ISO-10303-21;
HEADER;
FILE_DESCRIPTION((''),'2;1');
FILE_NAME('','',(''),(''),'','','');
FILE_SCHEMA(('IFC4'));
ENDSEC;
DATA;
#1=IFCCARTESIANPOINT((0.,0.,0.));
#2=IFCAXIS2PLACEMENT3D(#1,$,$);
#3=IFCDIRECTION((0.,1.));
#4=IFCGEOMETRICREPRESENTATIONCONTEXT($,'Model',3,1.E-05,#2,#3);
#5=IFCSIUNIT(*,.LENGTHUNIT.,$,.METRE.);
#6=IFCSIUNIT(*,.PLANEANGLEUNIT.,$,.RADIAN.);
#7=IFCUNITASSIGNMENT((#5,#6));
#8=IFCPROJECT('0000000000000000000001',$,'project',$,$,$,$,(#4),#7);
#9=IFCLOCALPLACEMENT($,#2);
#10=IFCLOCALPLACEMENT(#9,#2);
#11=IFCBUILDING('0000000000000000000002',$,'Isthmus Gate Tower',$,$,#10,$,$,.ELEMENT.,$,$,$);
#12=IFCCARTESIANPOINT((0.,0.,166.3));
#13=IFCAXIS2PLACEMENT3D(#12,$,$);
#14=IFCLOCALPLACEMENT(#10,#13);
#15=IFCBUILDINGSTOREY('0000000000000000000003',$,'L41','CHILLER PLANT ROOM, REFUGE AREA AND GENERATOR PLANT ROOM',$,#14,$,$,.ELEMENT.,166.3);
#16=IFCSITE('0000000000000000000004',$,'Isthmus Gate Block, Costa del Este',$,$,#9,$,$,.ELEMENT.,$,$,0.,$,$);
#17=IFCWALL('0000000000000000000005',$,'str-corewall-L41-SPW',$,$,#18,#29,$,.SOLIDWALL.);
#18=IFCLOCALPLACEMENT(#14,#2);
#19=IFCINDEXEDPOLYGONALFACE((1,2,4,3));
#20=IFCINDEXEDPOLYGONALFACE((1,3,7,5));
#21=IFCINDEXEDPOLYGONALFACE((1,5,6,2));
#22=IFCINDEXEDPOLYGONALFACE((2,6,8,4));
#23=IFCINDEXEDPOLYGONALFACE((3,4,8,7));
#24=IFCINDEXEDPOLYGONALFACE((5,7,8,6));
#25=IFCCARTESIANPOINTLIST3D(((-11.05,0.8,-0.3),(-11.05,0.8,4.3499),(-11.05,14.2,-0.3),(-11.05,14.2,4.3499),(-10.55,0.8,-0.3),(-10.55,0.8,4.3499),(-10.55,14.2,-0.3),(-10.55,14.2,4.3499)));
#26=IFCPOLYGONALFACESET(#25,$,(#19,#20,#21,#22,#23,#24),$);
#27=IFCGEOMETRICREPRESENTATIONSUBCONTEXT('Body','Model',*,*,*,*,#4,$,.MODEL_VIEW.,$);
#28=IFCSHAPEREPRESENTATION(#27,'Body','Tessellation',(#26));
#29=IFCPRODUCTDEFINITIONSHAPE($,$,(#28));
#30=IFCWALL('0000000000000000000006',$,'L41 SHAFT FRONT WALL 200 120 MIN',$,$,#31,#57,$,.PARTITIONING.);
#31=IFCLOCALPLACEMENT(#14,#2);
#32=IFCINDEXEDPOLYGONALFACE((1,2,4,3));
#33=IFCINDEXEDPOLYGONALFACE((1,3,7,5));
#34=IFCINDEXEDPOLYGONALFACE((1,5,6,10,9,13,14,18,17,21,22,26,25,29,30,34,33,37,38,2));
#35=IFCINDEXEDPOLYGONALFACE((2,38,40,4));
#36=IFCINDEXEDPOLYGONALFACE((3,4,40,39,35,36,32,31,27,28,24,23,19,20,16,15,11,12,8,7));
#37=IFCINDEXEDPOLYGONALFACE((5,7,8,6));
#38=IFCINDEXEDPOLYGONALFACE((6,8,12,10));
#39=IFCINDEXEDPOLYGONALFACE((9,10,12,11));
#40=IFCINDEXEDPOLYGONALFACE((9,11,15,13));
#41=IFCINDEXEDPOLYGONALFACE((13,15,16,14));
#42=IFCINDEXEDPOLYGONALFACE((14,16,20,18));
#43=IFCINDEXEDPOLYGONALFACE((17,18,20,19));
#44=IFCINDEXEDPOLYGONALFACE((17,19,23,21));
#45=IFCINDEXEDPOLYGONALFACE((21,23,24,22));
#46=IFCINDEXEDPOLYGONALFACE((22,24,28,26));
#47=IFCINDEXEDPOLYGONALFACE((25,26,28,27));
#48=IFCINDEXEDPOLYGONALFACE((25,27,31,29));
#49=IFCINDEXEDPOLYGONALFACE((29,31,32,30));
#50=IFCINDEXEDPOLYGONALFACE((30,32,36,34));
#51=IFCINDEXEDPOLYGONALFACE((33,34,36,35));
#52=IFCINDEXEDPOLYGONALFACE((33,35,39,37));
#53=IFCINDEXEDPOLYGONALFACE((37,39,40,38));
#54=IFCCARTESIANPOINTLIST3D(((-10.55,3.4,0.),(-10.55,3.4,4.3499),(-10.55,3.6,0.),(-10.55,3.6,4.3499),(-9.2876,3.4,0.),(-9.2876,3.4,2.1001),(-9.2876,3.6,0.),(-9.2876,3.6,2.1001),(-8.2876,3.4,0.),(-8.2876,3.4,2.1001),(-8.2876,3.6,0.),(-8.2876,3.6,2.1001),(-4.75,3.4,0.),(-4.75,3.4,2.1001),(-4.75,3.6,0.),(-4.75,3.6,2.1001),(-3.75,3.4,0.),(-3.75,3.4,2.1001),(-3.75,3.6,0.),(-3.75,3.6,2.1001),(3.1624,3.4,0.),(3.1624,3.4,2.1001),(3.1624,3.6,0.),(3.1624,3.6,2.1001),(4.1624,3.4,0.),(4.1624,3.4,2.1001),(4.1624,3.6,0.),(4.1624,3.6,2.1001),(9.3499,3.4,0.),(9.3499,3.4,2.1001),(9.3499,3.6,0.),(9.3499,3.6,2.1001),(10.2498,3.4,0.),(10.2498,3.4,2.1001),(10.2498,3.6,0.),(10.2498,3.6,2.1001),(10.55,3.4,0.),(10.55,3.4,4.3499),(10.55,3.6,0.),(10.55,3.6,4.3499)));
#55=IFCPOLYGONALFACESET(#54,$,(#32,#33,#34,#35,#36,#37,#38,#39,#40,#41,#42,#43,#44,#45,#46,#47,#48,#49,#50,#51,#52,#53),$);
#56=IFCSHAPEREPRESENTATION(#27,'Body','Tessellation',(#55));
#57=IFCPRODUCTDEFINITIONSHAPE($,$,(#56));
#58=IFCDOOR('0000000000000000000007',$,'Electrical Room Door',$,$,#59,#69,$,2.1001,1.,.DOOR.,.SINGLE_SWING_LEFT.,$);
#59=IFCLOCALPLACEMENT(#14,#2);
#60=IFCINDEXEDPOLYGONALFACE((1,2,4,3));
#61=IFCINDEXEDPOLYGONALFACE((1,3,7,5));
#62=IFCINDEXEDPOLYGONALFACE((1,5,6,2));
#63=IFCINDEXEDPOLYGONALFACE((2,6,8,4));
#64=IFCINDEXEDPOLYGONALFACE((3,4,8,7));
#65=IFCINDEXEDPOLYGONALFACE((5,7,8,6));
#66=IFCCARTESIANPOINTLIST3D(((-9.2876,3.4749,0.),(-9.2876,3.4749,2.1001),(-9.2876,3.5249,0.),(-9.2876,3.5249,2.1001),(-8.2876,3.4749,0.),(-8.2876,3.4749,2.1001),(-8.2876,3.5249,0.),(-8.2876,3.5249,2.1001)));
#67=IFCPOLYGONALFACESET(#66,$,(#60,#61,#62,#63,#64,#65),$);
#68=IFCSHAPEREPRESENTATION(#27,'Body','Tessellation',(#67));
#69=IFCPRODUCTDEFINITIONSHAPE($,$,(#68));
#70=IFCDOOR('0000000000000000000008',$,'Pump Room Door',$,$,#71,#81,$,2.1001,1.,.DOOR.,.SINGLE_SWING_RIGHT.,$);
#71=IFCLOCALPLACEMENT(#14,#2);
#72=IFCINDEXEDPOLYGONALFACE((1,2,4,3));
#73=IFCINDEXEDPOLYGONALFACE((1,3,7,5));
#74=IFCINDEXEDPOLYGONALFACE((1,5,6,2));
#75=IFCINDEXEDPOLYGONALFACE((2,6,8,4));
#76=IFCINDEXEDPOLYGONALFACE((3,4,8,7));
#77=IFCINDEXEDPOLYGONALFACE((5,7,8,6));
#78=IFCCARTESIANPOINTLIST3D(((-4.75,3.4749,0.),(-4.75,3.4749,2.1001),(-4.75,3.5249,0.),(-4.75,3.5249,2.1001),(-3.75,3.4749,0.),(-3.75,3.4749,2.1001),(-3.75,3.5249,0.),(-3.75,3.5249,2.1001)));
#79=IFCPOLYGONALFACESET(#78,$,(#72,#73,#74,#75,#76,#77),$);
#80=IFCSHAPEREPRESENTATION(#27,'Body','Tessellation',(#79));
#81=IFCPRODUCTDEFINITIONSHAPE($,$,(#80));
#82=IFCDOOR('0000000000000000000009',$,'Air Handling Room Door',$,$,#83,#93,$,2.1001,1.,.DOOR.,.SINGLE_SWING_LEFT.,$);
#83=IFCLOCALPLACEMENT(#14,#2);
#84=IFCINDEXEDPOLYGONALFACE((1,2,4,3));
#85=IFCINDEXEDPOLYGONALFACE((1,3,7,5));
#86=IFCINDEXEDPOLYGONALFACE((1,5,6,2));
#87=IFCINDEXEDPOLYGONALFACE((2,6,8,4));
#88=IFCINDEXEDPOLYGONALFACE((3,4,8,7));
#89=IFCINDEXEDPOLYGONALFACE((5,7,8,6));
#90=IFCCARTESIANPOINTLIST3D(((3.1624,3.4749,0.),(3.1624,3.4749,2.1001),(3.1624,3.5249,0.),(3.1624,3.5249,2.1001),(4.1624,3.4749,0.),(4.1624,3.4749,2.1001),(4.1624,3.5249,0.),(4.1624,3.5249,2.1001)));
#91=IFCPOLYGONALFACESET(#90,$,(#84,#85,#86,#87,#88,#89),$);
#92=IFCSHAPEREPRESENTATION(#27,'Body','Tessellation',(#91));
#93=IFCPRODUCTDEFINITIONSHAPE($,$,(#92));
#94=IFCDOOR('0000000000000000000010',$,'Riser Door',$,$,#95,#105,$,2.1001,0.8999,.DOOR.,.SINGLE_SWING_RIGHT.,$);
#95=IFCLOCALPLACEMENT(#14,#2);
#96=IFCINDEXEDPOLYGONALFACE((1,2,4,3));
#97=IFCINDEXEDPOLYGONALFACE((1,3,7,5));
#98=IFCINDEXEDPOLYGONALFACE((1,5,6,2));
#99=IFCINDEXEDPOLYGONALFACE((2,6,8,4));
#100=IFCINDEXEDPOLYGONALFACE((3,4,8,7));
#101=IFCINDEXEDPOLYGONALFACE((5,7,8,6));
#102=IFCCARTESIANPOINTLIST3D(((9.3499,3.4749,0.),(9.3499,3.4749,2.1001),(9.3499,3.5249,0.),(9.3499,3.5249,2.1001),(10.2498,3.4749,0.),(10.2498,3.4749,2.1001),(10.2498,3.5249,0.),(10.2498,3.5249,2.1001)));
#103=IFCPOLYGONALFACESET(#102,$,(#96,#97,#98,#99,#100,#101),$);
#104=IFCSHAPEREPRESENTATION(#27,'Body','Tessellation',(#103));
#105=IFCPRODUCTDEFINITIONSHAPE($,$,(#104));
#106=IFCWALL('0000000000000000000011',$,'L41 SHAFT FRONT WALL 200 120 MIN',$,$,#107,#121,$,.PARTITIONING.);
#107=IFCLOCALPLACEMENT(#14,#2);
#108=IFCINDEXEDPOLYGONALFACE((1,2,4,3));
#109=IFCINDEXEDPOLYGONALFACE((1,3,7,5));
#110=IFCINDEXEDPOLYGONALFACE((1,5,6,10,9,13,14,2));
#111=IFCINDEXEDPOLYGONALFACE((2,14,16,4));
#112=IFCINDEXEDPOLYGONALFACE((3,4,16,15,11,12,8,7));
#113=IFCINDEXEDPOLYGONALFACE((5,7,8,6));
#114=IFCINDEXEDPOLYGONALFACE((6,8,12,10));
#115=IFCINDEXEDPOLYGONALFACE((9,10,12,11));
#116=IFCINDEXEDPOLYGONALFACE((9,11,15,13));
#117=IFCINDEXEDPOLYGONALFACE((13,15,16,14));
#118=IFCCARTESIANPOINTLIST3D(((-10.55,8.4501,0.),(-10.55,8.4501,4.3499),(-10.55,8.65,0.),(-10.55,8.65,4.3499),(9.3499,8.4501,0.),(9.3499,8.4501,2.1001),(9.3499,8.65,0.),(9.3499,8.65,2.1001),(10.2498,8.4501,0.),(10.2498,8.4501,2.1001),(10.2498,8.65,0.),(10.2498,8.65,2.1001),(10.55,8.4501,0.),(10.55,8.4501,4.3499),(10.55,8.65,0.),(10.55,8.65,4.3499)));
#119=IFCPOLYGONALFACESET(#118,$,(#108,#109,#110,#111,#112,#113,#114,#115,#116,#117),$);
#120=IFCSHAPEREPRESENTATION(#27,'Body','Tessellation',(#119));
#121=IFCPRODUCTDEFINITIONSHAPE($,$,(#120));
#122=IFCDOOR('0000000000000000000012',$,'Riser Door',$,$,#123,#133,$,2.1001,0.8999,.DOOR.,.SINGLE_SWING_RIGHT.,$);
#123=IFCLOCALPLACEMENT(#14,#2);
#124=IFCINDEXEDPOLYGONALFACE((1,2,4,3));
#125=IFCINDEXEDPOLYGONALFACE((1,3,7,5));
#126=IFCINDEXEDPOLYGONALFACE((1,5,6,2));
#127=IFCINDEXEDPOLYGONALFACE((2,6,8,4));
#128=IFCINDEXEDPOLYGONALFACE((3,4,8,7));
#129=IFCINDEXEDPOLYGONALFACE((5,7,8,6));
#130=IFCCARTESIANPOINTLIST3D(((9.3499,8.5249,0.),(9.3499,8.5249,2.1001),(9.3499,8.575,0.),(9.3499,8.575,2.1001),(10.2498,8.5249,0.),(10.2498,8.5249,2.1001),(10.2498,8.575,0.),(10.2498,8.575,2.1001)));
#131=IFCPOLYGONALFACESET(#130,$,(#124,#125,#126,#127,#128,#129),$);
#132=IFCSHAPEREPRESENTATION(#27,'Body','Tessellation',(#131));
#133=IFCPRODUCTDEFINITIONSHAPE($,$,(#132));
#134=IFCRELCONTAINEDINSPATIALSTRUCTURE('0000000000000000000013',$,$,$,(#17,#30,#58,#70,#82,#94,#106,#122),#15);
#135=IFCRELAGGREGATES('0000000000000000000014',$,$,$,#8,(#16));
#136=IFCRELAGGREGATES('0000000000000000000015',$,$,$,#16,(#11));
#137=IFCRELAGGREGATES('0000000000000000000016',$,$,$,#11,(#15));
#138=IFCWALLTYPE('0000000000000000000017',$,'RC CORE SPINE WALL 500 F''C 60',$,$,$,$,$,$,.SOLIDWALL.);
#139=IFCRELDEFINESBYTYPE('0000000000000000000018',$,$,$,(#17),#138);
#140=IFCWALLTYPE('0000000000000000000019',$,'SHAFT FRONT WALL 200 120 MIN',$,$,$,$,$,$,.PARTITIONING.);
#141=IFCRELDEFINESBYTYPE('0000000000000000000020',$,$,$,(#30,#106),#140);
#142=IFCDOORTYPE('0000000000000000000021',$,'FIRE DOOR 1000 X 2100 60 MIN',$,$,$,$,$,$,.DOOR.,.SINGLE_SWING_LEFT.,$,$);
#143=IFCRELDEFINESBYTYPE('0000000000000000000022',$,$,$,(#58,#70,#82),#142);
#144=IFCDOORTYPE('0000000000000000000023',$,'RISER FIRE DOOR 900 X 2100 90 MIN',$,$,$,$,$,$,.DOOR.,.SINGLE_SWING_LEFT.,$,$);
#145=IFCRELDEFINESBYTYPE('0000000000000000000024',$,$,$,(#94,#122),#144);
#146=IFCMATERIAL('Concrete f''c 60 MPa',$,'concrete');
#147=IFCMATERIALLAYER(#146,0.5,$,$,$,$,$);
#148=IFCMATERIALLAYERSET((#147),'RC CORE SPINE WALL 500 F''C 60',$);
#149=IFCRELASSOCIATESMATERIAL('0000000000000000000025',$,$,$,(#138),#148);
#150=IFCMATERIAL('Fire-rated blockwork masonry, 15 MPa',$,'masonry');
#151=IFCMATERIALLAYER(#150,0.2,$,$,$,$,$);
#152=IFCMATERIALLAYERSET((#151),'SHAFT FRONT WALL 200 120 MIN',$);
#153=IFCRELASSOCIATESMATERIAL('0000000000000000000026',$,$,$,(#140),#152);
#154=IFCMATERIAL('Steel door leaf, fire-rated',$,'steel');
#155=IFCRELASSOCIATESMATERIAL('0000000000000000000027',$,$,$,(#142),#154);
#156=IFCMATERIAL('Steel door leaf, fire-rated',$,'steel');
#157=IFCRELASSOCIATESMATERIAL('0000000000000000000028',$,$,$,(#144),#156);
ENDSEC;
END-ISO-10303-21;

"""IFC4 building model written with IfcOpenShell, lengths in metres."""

from ifc_helpers import new_model, si_unit, direction, frame, frame_2d, origin, place, context, subcontext, project, spatial, rectangle, extrude, material, layer, layer_set, type_object, element, fill, save


model = new_model("IFC4")

# Units and contexts
model_context = context("Model", 3, precision=1e-05, world=origin(), true_north=direction((0.0, 1.0)))
body_context = subcontext(model_context, "Body", "Model", "MODEL_VIEW")
ifc_project = project(units=[si_unit("LENGTHUNIT", "METRE"), si_unit("PLANEANGLEUNIT", "RADIAN")], contexts=[model_context])

# Site, building, storey
site_placement = place(None, origin())
site = spatial("IfcSite", under=ifc_project, at=site_placement, Name="Isthmus Gate Block, Costa del Este", CompositionType="ELEMENT", RefElevation=0.0)
building_placement = place(site_placement, origin())
building = spatial("IfcBuilding", under=site, at=building_placement, Name="Isthmus Gate Tower", CompositionType="ELEMENT")
storey_placement = place(building_placement, frame((0.0, 0.0, 166.3)))
storey = spatial("IfcBuildingStorey", under=building, at=storey_placement, Name="L41", Description="CHILLER PLANT ROOM, REFUGE AREA AND GENERATOR PLANT ROOM", CompositionType="ELEMENT", Elevation=166.3)

# Wall
ifc_material_1 = material(Name="Concrete f'c 60 MPa", Category="concrete")
ifc_layer_1 = layer(ifc_material_1, 0.5)
ifc_layer_set_1 = layer_set([ifc_layer_1], Name="RC CORE SPINE WALL 500 F'C 60")
wall_type_1 = type_object("IfcWallType", Name="RC CORE SPINE WALL 500 F'C 60", PredefinedType="SOLIDWALL", material=ifc_layer_set_1)
wall_1_placement = place(storey_placement, frame((-10.8, 0.8, -0.3), z_axis=(0.0, 0.0, 1.0), x_axis=(0.0, 1.0, 0.0)))
element("IfcWall", 1, at=wall_1_placement, inside=storey, type_object=wall_type_1, Name="str-corewall-L41-SPW", PredefinedType="SOLIDWALL", context=body_context, shape_type="SweptSolid", body=[
    extrude(rectangle(XDim=13.3999, YDim=0.5, at=frame_2d((6.7, 0.0))), origin(), (0.0, 0.0, 1.0), 4.6499),
])

# Wall, openings, doors
ifc_material_2 = material(Name="Fire-rated blockwork masonry, 15 MPa", Category="masonry")
ifc_layer_2 = layer(ifc_material_2, 0.2)
ifc_layer_set_2 = layer_set([ifc_layer_2], Name="SHAFT FRONT WALL 200 120 MIN")
wall_type_2 = type_object("IfcWallType", Name="SHAFT FRONT WALL 200 120 MIN", PredefinedType="PARTITIONING", material=ifc_layer_set_2)
wall_2_placement = place(storey_placement, frame((-10.55, 3.5, 0.0), z_axis=(0.0, 0.0, 1.0), x_axis=(1.0, 0.0, 0.0)))
wall_2 = element("IfcWall", 2, at=wall_2_placement, inside=storey, type_object=wall_type_2, Name="L41 SHAFT FRONT WALL 200 120 MIN", PredefinedType="PARTITIONING", context=body_context, shape_type="SweptSolid", body=[
    extrude(rectangle(XDim=21.1001, YDim=0.2, at=frame_2d((10.55, 0.0))), origin(), (0.0, 0.0, 1.0), 4.3499),
])
opening_1_placement = place(wall_2_placement, frame((1.2625, 0.0, 0.0)))
opening_1 = element("IfcOpeningElement", 3, at=opening_1_placement, cuts=wall_2, PredefinedType="OPENING", context=body_context, shape_type="SweptSolid", body=[
    extrude(rectangle(XDim=1.0, YDim=2.1001, at=frame_2d((0.5, 1.05))), frame((0.0, 0.1099, 0.0), z_axis=(0.0, -1.0, 0.0), x_axis=(1.0, 0.0, 0.0)), (0.0, 0.0, 1.0), 0.22),
])
opening_2_placement = place(wall_2_placement, frame((5.8, 0.0, 0.0)))
opening_2 = element("IfcOpeningElement", 4, at=opening_2_placement, cuts=wall_2, PredefinedType="OPENING", context=body_context, shape_type="SweptSolid", body=[
    extrude(rectangle(XDim=1.0, YDim=2.1001, at=frame_2d((0.5, 1.05))), frame((0.0, 0.1099, 0.0), z_axis=(0.0, -1.0, 0.0), x_axis=(1.0, 0.0, 0.0)), (0.0, 0.0, 1.0), 0.22),
])
opening_3_placement = place(wall_2_placement, frame((13.7124, 0.0, 0.0)))
opening_3 = element("IfcOpeningElement", 5, at=opening_3_placement, cuts=wall_2, PredefinedType="OPENING", context=body_context, shape_type="SweptSolid", body=[
    extrude(rectangle(XDim=1.0, YDim=2.1001, at=frame_2d((0.5, 1.05))), frame((0.0, 0.1099, 0.0), z_axis=(0.0, -1.0, 0.0), x_axis=(1.0, 0.0, 0.0)), (0.0, 0.0, 1.0), 0.22),
])
opening_4_placement = place(wall_2_placement, frame((19.8999, 0.0, 0.0)))
opening_4 = element("IfcOpeningElement", 6, at=opening_4_placement, cuts=wall_2, PredefinedType="OPENING", context=body_context, shape_type="SweptSolid", body=[
    extrude(rectangle(XDim=0.8999, YDim=2.1001, at=frame_2d((0.45, 1.05))), frame((0.0, 0.1099, 0.0), z_axis=(0.0, -1.0, 0.0), x_axis=(1.0, 0.0, 0.0)), (0.0, 0.0, 1.0), 0.22),
])
ifc_material_3 = material(Name="Steel door leaf, fire-rated", Category="steel")
door_type_1 = type_object("IfcDoorType", Name="FIRE DOOR 1000 X 2100 60 MIN", OperationType="SINGLE_SWING_LEFT", PredefinedType="DOOR", material=ifc_material_3)
door_1_placement = place(opening_1_placement, origin())
door_1 = element("IfcDoor", 7, at=door_1_placement, inside=storey, type_object=door_type_1, Name="Electrical Room Door", OperationType="SINGLE_SWING_LEFT", OverallHeight=2.1001, OverallWidth=1.0, PredefinedType="DOOR", context=body_context, shape_type="SweptSolid", body=[
    extrude(rectangle(XDim=1.0, YDim=2.1001, at=frame_2d((0.5, 1.05))), frame((0.0, 0.0249, 0.0), z_axis=(0.0, -1.0, 0.0), x_axis=(1.0, 0.0, 0.0)), (0.0, 0.0, 1.0), 0.05),
])
fill(opening_1, door_1)
door_2_placement = place(opening_2_placement, origin())
door_2 = element("IfcDoor", 8, at=door_2_placement, inside=storey, type_object=door_type_1, Name="Pump Room Door", OperationType="SINGLE_SWING_RIGHT", OverallHeight=2.1001, OverallWidth=1.0, PredefinedType="DOOR", context=body_context, shape_type="SweptSolid", body=[
    extrude(rectangle(XDim=1.0, YDim=2.1001, at=frame_2d((0.5, 1.05))), frame((0.0, 0.0249, 0.0), z_axis=(0.0, -1.0, 0.0), x_axis=(1.0, 0.0, 0.0)), (0.0, 0.0, 1.0), 0.05),
])
fill(opening_2, door_2)
door_3_placement = place(opening_3_placement, origin())
door_3 = element("IfcDoor", 9, at=door_3_placement, inside=storey, type_object=door_type_1, Name="Air Handling Room Door", OperationType="SINGLE_SWING_LEFT", OverallHeight=2.1001, OverallWidth=1.0, PredefinedType="DOOR", context=body_context, shape_type="SweptSolid", body=[
    extrude(rectangle(XDim=1.0, YDim=2.1001, at=frame_2d((0.5, 1.05))), frame((0.0, 0.0249, 0.0), z_axis=(0.0, -1.0, 0.0), x_axis=(1.0, 0.0, 0.0)), (0.0, 0.0, 1.0), 0.05),
])
fill(opening_3, door_3)
ifc_material_4 = material(Name="Steel door leaf, fire-rated", Category="steel")
door_type_2 = type_object("IfcDoorType", Name="RISER FIRE DOOR 900 X 2100 90 MIN", OperationType="SINGLE_SWING_LEFT", PredefinedType="DOOR", material=ifc_material_4)
door_4_placement = place(opening_4_placement, origin())
door_4 = element("IfcDoor", 10, at=door_4_placement, inside=storey, type_object=door_type_2, Name="Riser Door", OperationType="SINGLE_SWING_RIGHT", OverallHeight=2.1001, OverallWidth=0.8999, PredefinedType="DOOR", context=body_context, shape_type="SweptSolid", body=[
    extrude(rectangle(XDim=0.8999, YDim=2.1001, at=frame_2d((0.45, 1.05))), frame((0.0, 0.0249, 0.0), z_axis=(0.0, -1.0, 0.0), x_axis=(1.0, 0.0, 0.0)), (0.0, 0.0, 1.0), 0.05),
])
fill(opening_4, door_4)

# Wall, opening, door
wall_3_placement = place(storey_placement, frame((-10.55, 8.55, 0.0), z_axis=(0.0, 0.0, 1.0), x_axis=(1.0, 0.0, 0.0)))
wall_3 = element("IfcWall", 11, at=wall_3_placement, inside=storey, type_object=wall_type_2, Name="L41 SHAFT FRONT WALL 200 120 MIN", PredefinedType="PARTITIONING", context=body_context, shape_type="SweptSolid", body=[
    extrude(rectangle(XDim=21.1001, YDim=0.2, at=frame_2d((10.55, 0.0))), origin(), (0.0, 0.0, 1.0), 4.3499),
])
opening_5_placement = place(wall_3_placement, frame((19.8999, 0.0, 0.0)))
opening_5 = element("IfcOpeningElement", 12, at=opening_5_placement, cuts=wall_3, PredefinedType="OPENING", context=body_context, shape_type="SweptSolid", body=[
    extrude(rectangle(XDim=0.8999, YDim=2.1001, at=frame_2d((0.45, 1.05))), frame((0.0, 0.1099, 0.0), z_axis=(0.0, -1.0, 0.0), x_axis=(1.0, 0.0, 0.0)), (0.0, 0.0, 1.0), 0.22),
])
door_5_placement = place(opening_5_placement, origin())
door_5 = element("IfcDoor", 13, at=door_5_placement, inside=storey, type_object=door_type_2, Name="Riser Door", OperationType="SINGLE_SWING_RIGHT", OverallHeight=2.1001, OverallWidth=0.8999, PredefinedType="DOOR", context=body_context, shape_type="SweptSolid", body=[
    extrude(rectangle(XDim=0.8999, YDim=2.1001, at=frame_2d((0.45, 1.05))), frame((0.0, 0.0249, 0.0), z_axis=(0.0, -1.0, 0.0), x_axis=(1.0, 0.0, 0.0)), (0.0, 0.0, 1.0), 0.05),
])
fill(opening_5, door_5)

save(model, "model.ifc")
